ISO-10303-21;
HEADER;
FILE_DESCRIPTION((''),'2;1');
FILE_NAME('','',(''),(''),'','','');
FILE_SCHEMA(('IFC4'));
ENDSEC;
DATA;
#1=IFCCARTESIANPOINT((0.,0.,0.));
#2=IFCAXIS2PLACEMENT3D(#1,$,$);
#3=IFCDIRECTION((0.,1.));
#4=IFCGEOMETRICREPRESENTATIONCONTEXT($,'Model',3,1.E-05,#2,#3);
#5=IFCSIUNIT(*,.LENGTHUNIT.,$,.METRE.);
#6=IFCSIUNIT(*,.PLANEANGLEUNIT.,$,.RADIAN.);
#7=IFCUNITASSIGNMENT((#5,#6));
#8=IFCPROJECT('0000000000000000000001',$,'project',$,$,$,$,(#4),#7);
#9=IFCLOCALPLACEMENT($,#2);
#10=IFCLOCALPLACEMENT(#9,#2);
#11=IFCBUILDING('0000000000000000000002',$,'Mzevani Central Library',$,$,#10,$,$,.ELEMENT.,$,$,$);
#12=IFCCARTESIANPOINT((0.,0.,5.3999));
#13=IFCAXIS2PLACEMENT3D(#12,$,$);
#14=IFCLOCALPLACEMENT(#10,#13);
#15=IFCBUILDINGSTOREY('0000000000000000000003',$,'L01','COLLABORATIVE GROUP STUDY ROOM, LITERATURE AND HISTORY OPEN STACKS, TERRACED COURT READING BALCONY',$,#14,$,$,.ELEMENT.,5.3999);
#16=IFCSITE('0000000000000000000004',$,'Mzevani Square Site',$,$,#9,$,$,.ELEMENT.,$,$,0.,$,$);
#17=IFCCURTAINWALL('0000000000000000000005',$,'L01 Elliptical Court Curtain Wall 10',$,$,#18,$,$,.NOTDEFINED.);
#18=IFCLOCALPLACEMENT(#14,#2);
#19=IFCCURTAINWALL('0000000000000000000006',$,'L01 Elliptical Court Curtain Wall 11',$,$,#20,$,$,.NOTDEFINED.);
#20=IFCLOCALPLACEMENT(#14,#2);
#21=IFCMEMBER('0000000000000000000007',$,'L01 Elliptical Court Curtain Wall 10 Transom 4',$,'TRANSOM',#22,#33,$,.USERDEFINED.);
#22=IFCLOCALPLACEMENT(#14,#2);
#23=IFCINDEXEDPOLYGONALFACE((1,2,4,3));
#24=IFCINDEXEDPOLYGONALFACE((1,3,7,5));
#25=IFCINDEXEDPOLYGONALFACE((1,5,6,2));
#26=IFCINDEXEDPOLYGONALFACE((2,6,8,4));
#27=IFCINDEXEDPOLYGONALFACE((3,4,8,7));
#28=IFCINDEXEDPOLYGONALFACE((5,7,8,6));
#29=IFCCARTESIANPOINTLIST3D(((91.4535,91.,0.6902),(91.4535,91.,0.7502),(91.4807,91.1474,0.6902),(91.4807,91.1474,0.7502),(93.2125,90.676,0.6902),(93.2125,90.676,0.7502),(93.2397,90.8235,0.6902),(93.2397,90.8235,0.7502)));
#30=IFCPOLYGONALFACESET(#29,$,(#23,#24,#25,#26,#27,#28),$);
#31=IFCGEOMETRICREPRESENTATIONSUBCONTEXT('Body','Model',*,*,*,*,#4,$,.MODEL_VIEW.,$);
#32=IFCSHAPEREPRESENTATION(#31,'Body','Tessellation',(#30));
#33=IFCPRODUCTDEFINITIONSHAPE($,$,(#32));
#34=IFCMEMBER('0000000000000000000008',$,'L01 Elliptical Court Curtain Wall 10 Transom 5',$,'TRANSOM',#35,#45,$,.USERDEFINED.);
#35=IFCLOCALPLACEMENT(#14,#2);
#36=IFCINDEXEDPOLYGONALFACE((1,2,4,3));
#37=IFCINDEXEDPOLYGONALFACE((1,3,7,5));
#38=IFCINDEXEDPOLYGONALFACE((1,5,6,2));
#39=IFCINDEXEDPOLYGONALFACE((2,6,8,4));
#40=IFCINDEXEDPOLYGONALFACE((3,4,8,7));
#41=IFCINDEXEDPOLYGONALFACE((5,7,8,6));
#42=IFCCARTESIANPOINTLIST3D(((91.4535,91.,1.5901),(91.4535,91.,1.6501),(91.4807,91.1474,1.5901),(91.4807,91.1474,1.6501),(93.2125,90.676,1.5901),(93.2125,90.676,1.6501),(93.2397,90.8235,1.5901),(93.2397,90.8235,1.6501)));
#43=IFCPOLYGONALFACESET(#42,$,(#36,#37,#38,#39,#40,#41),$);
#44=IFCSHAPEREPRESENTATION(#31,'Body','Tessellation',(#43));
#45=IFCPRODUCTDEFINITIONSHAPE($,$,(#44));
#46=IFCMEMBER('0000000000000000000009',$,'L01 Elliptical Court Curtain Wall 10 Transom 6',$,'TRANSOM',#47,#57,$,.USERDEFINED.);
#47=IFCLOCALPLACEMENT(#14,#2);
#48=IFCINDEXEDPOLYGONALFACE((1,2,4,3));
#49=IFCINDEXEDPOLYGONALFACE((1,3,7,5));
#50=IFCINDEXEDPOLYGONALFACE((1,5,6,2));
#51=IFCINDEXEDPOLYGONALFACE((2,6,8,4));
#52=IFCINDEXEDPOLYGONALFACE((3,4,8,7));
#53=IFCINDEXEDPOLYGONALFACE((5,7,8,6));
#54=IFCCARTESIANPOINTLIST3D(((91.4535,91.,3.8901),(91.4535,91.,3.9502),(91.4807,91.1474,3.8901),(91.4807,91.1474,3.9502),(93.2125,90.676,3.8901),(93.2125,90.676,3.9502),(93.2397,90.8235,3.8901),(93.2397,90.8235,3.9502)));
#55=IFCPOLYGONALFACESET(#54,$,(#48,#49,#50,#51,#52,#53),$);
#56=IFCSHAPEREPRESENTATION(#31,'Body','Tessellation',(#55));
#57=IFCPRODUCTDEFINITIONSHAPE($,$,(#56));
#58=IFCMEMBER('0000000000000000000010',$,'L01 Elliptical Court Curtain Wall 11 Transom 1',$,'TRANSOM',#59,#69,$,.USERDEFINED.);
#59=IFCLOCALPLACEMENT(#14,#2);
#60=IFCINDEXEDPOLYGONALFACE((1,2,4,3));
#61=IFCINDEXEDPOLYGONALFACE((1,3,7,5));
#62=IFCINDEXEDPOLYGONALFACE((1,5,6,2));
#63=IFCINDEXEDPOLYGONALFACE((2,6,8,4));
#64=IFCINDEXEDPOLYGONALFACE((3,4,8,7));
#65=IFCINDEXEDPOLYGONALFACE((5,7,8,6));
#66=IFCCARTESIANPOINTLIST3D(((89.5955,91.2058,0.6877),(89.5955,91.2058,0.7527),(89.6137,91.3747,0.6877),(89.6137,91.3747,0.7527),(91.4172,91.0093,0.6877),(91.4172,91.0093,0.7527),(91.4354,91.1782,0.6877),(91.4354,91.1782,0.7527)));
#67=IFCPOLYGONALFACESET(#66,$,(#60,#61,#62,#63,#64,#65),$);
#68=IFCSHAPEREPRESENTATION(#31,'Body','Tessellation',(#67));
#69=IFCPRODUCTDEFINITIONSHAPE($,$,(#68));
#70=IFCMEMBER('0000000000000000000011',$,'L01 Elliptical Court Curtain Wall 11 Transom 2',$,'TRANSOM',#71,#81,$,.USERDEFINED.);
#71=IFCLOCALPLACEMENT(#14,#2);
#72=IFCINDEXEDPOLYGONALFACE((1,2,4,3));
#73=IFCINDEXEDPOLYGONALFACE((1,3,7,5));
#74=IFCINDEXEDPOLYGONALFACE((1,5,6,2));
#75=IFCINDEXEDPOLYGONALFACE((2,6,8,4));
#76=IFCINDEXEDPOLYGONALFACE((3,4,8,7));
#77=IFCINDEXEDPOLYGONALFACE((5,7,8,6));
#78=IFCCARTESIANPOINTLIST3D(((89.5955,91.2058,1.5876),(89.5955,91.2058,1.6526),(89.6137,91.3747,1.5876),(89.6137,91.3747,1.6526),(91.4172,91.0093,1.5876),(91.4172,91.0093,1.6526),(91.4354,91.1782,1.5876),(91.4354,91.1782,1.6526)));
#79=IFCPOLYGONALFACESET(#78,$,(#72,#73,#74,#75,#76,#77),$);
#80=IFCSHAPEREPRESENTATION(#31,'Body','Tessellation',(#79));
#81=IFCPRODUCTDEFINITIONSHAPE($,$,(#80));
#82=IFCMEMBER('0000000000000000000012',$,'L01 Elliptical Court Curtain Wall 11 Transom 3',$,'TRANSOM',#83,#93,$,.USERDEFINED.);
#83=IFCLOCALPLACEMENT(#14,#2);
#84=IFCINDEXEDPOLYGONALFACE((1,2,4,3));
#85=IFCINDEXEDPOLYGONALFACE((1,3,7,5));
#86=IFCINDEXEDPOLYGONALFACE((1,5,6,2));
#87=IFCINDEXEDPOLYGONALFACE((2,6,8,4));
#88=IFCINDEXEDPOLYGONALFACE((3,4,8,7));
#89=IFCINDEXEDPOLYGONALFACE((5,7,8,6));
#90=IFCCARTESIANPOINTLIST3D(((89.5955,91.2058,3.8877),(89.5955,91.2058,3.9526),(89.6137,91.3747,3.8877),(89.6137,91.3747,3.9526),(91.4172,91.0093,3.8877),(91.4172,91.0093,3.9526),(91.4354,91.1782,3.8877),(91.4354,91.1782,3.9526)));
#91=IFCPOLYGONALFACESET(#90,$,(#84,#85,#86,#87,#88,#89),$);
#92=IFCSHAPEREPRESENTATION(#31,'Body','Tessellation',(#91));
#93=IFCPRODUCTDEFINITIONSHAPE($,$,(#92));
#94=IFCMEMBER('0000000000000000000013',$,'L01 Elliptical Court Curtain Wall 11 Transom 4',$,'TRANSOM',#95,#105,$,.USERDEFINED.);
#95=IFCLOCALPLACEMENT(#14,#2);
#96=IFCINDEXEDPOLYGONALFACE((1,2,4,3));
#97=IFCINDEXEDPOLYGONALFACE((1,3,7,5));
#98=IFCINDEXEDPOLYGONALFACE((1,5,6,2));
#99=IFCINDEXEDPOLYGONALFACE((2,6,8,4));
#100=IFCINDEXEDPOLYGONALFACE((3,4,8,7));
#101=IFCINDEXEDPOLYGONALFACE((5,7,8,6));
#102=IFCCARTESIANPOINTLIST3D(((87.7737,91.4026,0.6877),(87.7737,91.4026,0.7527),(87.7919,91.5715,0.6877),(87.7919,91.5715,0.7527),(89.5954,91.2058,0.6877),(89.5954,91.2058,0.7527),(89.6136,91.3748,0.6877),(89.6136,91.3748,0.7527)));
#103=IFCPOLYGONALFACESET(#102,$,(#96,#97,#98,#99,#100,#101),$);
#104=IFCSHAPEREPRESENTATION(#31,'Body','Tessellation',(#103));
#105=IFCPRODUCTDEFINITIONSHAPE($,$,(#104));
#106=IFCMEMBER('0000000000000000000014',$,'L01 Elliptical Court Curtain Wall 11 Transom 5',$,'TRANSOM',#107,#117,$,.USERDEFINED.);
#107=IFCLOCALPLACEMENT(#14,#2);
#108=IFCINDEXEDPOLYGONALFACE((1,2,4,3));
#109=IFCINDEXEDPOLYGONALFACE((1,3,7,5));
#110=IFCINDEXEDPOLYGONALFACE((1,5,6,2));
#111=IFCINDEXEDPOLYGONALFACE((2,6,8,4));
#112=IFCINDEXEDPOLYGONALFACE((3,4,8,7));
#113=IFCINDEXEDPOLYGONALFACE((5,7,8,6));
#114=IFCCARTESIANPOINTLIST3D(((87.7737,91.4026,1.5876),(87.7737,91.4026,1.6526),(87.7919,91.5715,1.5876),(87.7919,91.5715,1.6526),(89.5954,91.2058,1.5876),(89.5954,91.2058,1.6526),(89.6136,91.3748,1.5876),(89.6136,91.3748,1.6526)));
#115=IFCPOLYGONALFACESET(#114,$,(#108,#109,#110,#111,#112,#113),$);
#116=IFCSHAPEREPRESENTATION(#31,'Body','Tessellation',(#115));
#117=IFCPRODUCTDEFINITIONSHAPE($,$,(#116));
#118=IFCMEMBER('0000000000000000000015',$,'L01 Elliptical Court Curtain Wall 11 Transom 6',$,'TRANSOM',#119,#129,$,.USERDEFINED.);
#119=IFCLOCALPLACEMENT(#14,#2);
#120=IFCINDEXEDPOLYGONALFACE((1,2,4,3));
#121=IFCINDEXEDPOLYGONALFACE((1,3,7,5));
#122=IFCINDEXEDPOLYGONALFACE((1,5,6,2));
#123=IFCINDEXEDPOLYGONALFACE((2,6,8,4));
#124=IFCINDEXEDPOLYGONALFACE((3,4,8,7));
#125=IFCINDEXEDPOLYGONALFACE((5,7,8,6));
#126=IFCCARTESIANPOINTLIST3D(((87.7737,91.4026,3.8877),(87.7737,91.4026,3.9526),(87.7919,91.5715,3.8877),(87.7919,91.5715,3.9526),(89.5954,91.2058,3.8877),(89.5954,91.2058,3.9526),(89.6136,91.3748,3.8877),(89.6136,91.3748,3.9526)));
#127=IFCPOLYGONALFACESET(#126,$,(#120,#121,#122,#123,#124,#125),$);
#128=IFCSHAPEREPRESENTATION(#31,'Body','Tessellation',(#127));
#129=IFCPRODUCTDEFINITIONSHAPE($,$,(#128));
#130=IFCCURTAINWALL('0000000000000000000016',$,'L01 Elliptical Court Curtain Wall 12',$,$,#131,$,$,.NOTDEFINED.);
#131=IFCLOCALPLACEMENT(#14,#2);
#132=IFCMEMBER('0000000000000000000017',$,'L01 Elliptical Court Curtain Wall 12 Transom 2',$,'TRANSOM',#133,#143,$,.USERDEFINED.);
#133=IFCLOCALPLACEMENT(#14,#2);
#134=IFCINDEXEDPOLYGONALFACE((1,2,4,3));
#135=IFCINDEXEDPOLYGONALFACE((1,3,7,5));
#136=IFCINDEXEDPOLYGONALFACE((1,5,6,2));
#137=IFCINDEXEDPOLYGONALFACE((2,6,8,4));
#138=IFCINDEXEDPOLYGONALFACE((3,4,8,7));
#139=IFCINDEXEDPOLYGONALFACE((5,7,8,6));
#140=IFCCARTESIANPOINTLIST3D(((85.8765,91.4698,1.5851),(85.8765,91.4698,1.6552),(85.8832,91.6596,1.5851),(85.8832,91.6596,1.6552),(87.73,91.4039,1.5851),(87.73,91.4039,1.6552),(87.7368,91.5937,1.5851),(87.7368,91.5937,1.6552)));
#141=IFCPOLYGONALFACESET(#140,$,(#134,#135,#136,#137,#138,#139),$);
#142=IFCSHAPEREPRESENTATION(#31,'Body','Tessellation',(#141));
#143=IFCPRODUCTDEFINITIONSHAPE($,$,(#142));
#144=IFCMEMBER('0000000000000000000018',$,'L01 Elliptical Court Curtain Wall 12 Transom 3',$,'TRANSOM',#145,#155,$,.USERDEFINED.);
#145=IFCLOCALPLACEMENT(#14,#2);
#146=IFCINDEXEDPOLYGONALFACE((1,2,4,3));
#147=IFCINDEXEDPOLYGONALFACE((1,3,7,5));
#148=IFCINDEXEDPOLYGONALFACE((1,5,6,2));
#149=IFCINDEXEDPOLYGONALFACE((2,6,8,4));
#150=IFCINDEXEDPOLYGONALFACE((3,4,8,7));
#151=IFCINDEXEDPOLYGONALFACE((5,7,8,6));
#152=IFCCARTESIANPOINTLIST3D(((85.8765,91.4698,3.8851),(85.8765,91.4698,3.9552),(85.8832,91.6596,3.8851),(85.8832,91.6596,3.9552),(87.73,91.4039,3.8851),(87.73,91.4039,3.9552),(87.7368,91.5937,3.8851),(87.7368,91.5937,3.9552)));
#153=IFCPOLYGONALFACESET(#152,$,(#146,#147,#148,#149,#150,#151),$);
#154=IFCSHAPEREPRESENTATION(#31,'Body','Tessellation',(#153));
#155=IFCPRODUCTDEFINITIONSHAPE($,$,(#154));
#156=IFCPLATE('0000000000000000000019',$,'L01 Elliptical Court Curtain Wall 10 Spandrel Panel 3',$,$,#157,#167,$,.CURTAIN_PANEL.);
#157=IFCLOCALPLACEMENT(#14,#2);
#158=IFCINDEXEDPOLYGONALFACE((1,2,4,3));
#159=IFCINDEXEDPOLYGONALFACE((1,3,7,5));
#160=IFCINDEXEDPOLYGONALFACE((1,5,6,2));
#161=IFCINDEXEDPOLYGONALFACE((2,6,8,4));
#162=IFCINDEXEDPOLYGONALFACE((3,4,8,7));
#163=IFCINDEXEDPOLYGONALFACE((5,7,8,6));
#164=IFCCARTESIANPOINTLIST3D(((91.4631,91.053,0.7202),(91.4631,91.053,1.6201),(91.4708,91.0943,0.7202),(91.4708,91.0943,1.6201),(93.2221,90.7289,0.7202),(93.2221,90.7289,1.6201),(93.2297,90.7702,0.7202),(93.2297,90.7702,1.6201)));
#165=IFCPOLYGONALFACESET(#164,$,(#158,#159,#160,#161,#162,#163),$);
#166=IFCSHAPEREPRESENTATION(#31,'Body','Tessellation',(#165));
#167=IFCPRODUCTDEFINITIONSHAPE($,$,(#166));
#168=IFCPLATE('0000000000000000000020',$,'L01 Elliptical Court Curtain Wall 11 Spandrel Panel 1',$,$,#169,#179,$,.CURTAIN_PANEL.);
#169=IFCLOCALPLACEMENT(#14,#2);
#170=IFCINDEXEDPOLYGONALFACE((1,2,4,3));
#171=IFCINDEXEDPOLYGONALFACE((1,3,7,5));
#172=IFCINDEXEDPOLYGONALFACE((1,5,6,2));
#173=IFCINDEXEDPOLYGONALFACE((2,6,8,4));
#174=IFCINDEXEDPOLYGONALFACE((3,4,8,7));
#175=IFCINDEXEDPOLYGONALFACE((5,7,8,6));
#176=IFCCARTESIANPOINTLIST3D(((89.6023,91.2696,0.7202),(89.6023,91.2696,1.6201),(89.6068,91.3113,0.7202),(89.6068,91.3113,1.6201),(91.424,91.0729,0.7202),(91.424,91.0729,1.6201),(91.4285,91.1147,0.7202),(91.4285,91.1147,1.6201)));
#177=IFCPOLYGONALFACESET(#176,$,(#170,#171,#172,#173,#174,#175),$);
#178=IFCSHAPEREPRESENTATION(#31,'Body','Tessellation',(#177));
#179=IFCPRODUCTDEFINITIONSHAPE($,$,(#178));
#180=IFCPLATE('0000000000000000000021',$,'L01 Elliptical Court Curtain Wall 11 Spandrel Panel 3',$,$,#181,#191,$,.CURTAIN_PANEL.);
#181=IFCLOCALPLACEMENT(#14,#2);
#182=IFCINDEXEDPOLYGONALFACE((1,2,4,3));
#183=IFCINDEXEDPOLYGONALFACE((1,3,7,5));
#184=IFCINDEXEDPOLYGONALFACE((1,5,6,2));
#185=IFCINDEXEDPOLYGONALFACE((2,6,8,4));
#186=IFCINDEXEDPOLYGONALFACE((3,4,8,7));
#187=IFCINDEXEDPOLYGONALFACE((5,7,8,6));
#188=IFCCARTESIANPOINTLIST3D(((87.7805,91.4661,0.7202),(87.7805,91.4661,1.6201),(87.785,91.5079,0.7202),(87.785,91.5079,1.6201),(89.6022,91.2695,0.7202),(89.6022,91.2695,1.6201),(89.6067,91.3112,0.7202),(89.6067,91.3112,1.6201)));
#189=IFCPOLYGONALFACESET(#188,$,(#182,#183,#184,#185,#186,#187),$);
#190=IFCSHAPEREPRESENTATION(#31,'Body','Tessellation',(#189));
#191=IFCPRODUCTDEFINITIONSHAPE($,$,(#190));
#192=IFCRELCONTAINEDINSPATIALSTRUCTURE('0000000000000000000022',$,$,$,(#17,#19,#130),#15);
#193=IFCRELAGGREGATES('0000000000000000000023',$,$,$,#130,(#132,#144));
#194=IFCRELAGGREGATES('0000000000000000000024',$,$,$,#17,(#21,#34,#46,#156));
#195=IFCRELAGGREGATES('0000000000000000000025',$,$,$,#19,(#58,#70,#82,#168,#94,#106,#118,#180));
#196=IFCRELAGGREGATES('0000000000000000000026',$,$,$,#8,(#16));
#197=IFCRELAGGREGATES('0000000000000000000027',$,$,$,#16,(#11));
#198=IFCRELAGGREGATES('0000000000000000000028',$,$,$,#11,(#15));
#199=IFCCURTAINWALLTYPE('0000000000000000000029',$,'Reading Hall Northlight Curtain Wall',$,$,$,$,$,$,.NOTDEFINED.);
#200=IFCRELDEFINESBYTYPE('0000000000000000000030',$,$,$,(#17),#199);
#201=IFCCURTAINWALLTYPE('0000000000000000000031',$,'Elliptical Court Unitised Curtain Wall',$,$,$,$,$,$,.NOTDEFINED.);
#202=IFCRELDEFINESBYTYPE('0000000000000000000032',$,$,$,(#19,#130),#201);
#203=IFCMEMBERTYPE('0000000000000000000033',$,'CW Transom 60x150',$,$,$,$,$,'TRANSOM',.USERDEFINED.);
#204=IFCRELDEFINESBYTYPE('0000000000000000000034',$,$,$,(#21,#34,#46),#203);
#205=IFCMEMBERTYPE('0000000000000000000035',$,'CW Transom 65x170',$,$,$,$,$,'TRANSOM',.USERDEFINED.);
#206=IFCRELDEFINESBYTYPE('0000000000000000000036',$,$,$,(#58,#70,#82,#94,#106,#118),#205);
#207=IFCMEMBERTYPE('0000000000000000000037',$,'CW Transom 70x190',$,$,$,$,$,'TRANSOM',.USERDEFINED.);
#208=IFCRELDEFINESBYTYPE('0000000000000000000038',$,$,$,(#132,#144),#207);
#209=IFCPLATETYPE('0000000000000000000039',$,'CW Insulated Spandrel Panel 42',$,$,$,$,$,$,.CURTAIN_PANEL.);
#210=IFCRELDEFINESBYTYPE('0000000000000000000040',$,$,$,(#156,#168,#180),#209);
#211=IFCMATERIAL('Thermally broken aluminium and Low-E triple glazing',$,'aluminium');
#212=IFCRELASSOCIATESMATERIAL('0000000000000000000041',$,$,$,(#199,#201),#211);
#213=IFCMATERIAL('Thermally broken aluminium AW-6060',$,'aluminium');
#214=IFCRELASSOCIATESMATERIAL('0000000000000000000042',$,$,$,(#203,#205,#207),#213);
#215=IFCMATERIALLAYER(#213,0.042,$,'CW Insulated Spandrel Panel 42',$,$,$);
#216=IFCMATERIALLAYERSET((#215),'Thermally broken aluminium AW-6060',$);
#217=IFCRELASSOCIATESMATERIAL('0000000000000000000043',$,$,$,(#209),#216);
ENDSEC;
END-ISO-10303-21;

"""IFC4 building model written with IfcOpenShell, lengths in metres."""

from ifc_helpers import new_model, si_unit, direction, frame, origin, origin_2d, place, context, subcontext, project, spatial, rectangle, extrude, material, layer, layer_set, material_profile, profile_set, type_object, element, aggregate, save


model = new_model("IFC4")

# Units and contexts
model_context = context("Model", 3, precision=1e-05, world=origin(), true_north=direction((0.0, 1.0)))
body_context = subcontext(model_context, "Body", "Model", "MODEL_VIEW")
ifc_project = project(units=[si_unit("LENGTHUNIT", "METRE"), si_unit("PLANEANGLEUNIT", "RADIAN")], contexts=[model_context])

# Site, building, storey
site_placement = place(None, origin())
site = spatial("IfcSite", under=ifc_project, at=site_placement, Name="Mzevani Square Site", CompositionType="ELEMENT", RefElevation=0.0)
building_placement = place(site_placement, origin())
building = spatial("IfcBuilding", under=site, at=building_placement, Name="Mzevani Central Library", CompositionType="ELEMENT")
storey_placement = place(building_placement, frame((0.0, 0.0, 5.3999)))
storey = spatial("IfcBuildingStorey", under=building, at=storey_placement, Name="L01", Description="COLLABORATIVE GROUP STUDY ROOM, LITERATURE AND HISTORY OPEN STACKS, TERRACED COURT READING BALCONY", CompositionType="ELEMENT", Elevation=5.3999)

# Curtain walls
ifc_material_1 = material(Name="Thermally broken aluminium and Low-E triple glazing", Category="aluminium")
curtain_wall_type_1 = type_object("IfcCurtainWallType", Name="Reading Hall Northlight Curtain Wall", PredefinedType="NOTDEFINED", material=ifc_material_1)
curtain_wall_1_placement = place(storey_placement, origin())
curtain_wall_1 = element("IfcCurtainWall", 1, at=curtain_wall_1_placement, inside=storey, type_object=curtain_wall_type_1, Name="L01 Elliptical Court Curtain Wall 10", PredefinedType="NOTDEFINED")
ifc_material_2 = material(Name="Thermally broken aluminium AW-6060", Category="aluminium")
curtain_wall_type_2 = type_object("IfcCurtainWallType", Name="Elliptical Court Unitised Curtain Wall", PredefinedType="NOTDEFINED", material=ifc_material_1)
curtain_wall_2_placement = place(storey_placement, origin())
curtain_wall_2 = element("IfcCurtainWall", 2, at=curtain_wall_2_placement, inside=storey, type_object=curtain_wall_type_2, Name="L01 Elliptical Court Curtain Wall 11", PredefinedType="NOTDEFINED")

# Members
ifc_material_profile_1 = material_profile(ifc_material_2, rectangle(XDim=0.1499, YDim=0.0601, at=origin_2d()), Name="ALU T60x150")
ifc_profile_set_1 = profile_set([ifc_material_profile_1], Name="Thermally broken aluminium AW-6060")
member_type_1 = type_object("IfcMemberType", Name="CW Transom 60x150", ElementType="TRANSOM", PredefinedType="USERDEFINED", material=ifc_profile_set_1)
member_1_placement = place(storey_placement, frame((93.2261, 90.7498, 0.7202), z_axis=(-0.983459, 0.181131, 0.0), x_axis=(-0.181131, -0.983459, 0.0)))
member_1 = element("IfcMember", 3, at=member_1_placement, type_object=member_type_1, Name="L01 Elliptical Court Curtain Wall 10 Transom 4", ObjectType="TRANSOM", PredefinedType="USERDEFINED", context=body_context, shape_type="SweptSolid", body=[
    extrude(rectangle(XDim=0.1499, YDim=0.0601, at=origin_2d()), origin(), (0.0, 0.0, 1.0), 1.7886),
])
member_2_placement = place(storey_placement, frame((93.2261, 90.7498, 1.6201), z_axis=(-0.983459, 0.181131, 0.0), x_axis=(-0.181131, -0.983459, 0.0)))
member_2 = element("IfcMember", 4, at=member_2_placement, type_object=member_type_1, Name="L01 Elliptical Court Curtain Wall 10 Transom 5", ObjectType="TRANSOM", PredefinedType="USERDEFINED", context=body_context, shape_type="SweptSolid", body=[
    extrude(rectangle(XDim=0.1499, YDim=0.0601, at=origin_2d()), origin(), (0.0, 0.0, 1.0), 1.7886),
])
member_3_placement = place(storey_placement, frame((93.2261, 90.7498, 3.9202), z_axis=(-0.983459, 0.181131, 0.0), x_axis=(-0.181131, -0.983459, 0.0)))
member_3 = element("IfcMember", 5, at=member_3_placement, type_object=member_type_1, Name="L01 Elliptical Court Curtain Wall 10 Transom 6", ObjectType="TRANSOM", PredefinedType="USERDEFINED", context=body_context, shape_type="SweptSolid", body=[
    extrude(rectangle(XDim=0.1499, YDim=0.0601, at=origin_2d()), origin(), (0.0, 0.0, 1.0), 1.7886),
])
ifc_material_profile_2 = material_profile(ifc_material_2, rectangle(XDim=0.1699, YDim=0.0649, at=origin_2d()), Name="ALU T65x170")
ifc_profile_set_2 = profile_set([ifc_material_profile_2], Name="Thermally broken aluminium AW-6060")
member_type_2 = type_object("IfcMemberType", Name="CW Transom 65x170", ElementType="TRANSOM", PredefinedType="USERDEFINED", material=ifc_profile_set_2)
member_4_placement = place(storey_placement, frame((91.4263, 91.0938, 0.7202), z_axis=(-0.994231, 0.107258, 0.0), x_axis=(-0.107258, -0.994231, 0.0)))
member_4 = element("IfcMember", 6, at=member_4_placement, type_object=member_type_2, Name="L01 Elliptical Court Curtain Wall 11 Transom 1", ObjectType="TRANSOM", PredefinedType="USERDEFINED", context=body_context, shape_type="SweptSolid", body=[
    extrude(rectangle(XDim=0.1699, YDim=0.0649, at=origin_2d()), origin(), (0.0, 0.0, 1.0), 1.8323),
])
member_5_placement = place(storey_placement, frame((91.4263, 91.0938, 1.6201), z_axis=(-0.994231, 0.107258, 0.0), x_axis=(-0.107258, -0.994231, 0.0)))
member_5 = element("IfcMember", 7, at=member_5_placement, type_object=member_type_2, Name="L01 Elliptical Court Curtain Wall 11 Transom 2", ObjectType="TRANSOM", PredefinedType="USERDEFINED", context=body_context, shape_type="SweptSolid", body=[
    extrude(rectangle(XDim=0.1699, YDim=0.0649, at=origin_2d()), origin(), (0.0, 0.0, 1.0), 1.8323),
])
member_6_placement = place(storey_placement, frame((91.4263, 91.0938, 3.9202), z_axis=(-0.994231, 0.107258, 0.0), x_axis=(-0.107258, -0.994231, 0.0)))
member_6 = element("IfcMember", 8, at=member_6_placement, type_object=member_type_2, Name="L01 Elliptical Court Curtain Wall 11 Transom 3", ObjectType="TRANSOM", PredefinedType="USERDEFINED", context=body_context, shape_type="SweptSolid", body=[
    extrude(rectangle(XDim=0.1699, YDim=0.0649, at=origin_2d()), origin(), (0.0, 0.0, 1.0), 1.8323),
])
member_7_placement = place(storey_placement, frame((89.6045, 91.2903, 0.7202), z_axis=(-0.994217, 0.107389, 0.0), x_axis=(-0.107389, -0.994217, 0.0)))
member_7 = element("IfcMember", 9, at=member_7_placement, type_object=member_type_2, Name="L01 Elliptical Court Curtain Wall 11 Transom 4", ObjectType="TRANSOM", PredefinedType="USERDEFINED", context=body_context, shape_type="SweptSolid", body=[
    extrude(rectangle(XDim=0.1699, YDim=0.0649, at=origin_2d()), origin(), (0.0, 0.0, 1.0), 1.8323),
])
member_8_placement = place(storey_placement, frame((89.6045, 91.2903, 1.6201), z_axis=(-0.994217, 0.107389, 0.0), x_axis=(-0.107389, -0.994217, 0.0)))
member_8 = element("IfcMember", 10, at=member_8_placement, type_object=member_type_2, Name="L01 Elliptical Court Curtain Wall 11 Transom 5", ObjectType="TRANSOM", PredefinedType="USERDEFINED", context=body_context, shape_type="SweptSolid", body=[
    extrude(rectangle(XDim=0.1699, YDim=0.0649, at=origin_2d()), origin(), (0.0, 0.0, 1.0), 1.8323),
])
member_9_placement = place(storey_placement, frame((89.6045, 91.2903, 3.9202), z_axis=(-0.994217, 0.107389, 0.0), x_axis=(-0.107389, -0.994217, 0.0)))
member_9 = element("IfcMember", 11, at=member_9_placement, type_object=member_type_2, Name="L01 Elliptical Court Curtain Wall 11 Transom 6", ObjectType="TRANSOM", PredefinedType="USERDEFINED", context=body_context, shape_type="SweptSolid", body=[
    extrude(rectangle(XDim=0.1699, YDim=0.0649, at=origin_2d()), origin(), (0.0, 0.0, 1.0), 1.8323),
])

# Curtain wall, members
curtain_wall_3_placement = place(storey_placement, origin())
curtain_wall_3 = element("IfcCurtainWall", 12, at=curtain_wall_3_placement, inside=storey, type_object=curtain_wall_type_2, Name="L01 Elliptical Court Curtain Wall 12", PredefinedType="NOTDEFINED")
ifc_material_profile_3 = material_profile(ifc_material_2, rectangle(XDim=0.1899, YDim=0.0701, at=origin_2d()), Name="ALU T70x190")
ifc_profile_set_3 = profile_set([ifc_material_profile_3], Name="Thermally broken aluminium AW-6060")
member_type_3 = type_object("IfcMemberType", Name="CW Transom 70x190", ElementType="TRANSOM", PredefinedType="USERDEFINED", material=ifc_profile_set_3)
member_10_placement = place(storey_placement, frame((87.7334, 91.4988, 1.6201), z_axis=(-0.999368, 0.035541, 0.0), x_axis=(-0.035541, -0.999368, 0.0)))
member_10 = element("IfcMember", 13, at=member_10_placement, type_object=member_type_3, Name="L01 Elliptical Court Curtain Wall 12 Transom 2", ObjectType="TRANSOM", PredefinedType="USERDEFINED", context=body_context, shape_type="SweptSolid", body=[
    extrude(rectangle(XDim=0.1899, YDim=0.0701, at=origin_2d()), origin(), (0.0, 0.0, 1.0), 1.8547),
])
member_11_placement = place(storey_placement, frame((87.7334, 91.4988, 3.9202), z_axis=(-0.999368, 0.035541, 0.0), x_axis=(-0.035541, -0.999368, 0.0)))
member_11 = element("IfcMember", 14, at=member_11_placement, type_object=member_type_3, Name="L01 Elliptical Court Curtain Wall 12 Transom 3", ObjectType="TRANSOM", PredefinedType="USERDEFINED", context=body_context, shape_type="SweptSolid", body=[
    extrude(rectangle(XDim=0.1899, YDim=0.0701, at=origin_2d()), origin(), (0.0, 0.0, 1.0), 1.8547),
])
aggregate(curtain_wall_3, [member_10, member_11])

# Plates
ifc_layer_1 = layer(ifc_material_2, 0.042, Name="CW Insulated Spandrel Panel 42")
ifc_layer_set_1 = layer_set([ifc_layer_1], Name="Thermally broken aluminium AW-6060")
plate_type_1 = type_object("IfcPlateType", Name="CW Insulated Spandrel Panel 42", PredefinedType="CURTAIN_PANEL", material=ifc_layer_set_1)
plate_1_placement = place(storey_placement, frame((92.3464, 90.9116, 0.7202), z_axis=(0.0, 0.0, 1.0), x_axis=(-0.983449, 0.181185, 0.0)))
plate_1 = element("IfcPlate", 15, at=plate_1_placement, type_object=plate_type_1, Name="L01 Elliptical Court Curtain Wall 10 Spandrel Panel 3", PredefinedType="CURTAIN_PANEL", context=body_context, shape_type="SweptSolid", body=[
    extrude(rectangle(XDim=1.7886, YDim=0.042, at=origin_2d()), origin(), (0.0, 0.0, 1.0), 0.8999),
])
plate_2_placement = place(storey_placement, frame((90.5154, 91.1921, 0.7202), z_axis=(0.0, 0.0, 1.0), x_axis=(-0.994224, 0.107323, 0.0)))
plate_2 = element("IfcPlate", 16, at=plate_2_placement, type_object=plate_type_1, Name="L01 Elliptical Court Curtain Wall 11 Spandrel Panel 1", PredefinedType="CURTAIN_PANEL", context=body_context, shape_type="SweptSolid", body=[
    extrude(rectangle(XDim=1.8323, YDim=0.042, at=origin_2d()), origin(), (0.0, 0.0, 1.0), 0.8999),
])
plate_3_placement = place(storey_placement, frame((88.6936, 91.3887, 0.7202), z_axis=(0.0, 0.0, 1.0), x_axis=(-0.994224, 0.107323, 0.0)))
plate_3 = element("IfcPlate", 17, at=plate_3_placement, type_object=plate_type_1, Name="L01 Elliptical Court Curtain Wall 11 Spandrel Panel 3", PredefinedType="CURTAIN_PANEL", context=body_context, shape_type="SweptSolid", body=[
    extrude(rectangle(XDim=1.8323, YDim=0.042, at=origin_2d()), origin(), (0.0, 0.0, 1.0), 0.8999),
])
aggregate(curtain_wall_1, [member_1, member_2, member_3, plate_1])
aggregate(curtain_wall_2, [member_4, member_5, member_6, plate_2, member_7, member_8, member_9, plate_3])

save(model, "model.ifc")
